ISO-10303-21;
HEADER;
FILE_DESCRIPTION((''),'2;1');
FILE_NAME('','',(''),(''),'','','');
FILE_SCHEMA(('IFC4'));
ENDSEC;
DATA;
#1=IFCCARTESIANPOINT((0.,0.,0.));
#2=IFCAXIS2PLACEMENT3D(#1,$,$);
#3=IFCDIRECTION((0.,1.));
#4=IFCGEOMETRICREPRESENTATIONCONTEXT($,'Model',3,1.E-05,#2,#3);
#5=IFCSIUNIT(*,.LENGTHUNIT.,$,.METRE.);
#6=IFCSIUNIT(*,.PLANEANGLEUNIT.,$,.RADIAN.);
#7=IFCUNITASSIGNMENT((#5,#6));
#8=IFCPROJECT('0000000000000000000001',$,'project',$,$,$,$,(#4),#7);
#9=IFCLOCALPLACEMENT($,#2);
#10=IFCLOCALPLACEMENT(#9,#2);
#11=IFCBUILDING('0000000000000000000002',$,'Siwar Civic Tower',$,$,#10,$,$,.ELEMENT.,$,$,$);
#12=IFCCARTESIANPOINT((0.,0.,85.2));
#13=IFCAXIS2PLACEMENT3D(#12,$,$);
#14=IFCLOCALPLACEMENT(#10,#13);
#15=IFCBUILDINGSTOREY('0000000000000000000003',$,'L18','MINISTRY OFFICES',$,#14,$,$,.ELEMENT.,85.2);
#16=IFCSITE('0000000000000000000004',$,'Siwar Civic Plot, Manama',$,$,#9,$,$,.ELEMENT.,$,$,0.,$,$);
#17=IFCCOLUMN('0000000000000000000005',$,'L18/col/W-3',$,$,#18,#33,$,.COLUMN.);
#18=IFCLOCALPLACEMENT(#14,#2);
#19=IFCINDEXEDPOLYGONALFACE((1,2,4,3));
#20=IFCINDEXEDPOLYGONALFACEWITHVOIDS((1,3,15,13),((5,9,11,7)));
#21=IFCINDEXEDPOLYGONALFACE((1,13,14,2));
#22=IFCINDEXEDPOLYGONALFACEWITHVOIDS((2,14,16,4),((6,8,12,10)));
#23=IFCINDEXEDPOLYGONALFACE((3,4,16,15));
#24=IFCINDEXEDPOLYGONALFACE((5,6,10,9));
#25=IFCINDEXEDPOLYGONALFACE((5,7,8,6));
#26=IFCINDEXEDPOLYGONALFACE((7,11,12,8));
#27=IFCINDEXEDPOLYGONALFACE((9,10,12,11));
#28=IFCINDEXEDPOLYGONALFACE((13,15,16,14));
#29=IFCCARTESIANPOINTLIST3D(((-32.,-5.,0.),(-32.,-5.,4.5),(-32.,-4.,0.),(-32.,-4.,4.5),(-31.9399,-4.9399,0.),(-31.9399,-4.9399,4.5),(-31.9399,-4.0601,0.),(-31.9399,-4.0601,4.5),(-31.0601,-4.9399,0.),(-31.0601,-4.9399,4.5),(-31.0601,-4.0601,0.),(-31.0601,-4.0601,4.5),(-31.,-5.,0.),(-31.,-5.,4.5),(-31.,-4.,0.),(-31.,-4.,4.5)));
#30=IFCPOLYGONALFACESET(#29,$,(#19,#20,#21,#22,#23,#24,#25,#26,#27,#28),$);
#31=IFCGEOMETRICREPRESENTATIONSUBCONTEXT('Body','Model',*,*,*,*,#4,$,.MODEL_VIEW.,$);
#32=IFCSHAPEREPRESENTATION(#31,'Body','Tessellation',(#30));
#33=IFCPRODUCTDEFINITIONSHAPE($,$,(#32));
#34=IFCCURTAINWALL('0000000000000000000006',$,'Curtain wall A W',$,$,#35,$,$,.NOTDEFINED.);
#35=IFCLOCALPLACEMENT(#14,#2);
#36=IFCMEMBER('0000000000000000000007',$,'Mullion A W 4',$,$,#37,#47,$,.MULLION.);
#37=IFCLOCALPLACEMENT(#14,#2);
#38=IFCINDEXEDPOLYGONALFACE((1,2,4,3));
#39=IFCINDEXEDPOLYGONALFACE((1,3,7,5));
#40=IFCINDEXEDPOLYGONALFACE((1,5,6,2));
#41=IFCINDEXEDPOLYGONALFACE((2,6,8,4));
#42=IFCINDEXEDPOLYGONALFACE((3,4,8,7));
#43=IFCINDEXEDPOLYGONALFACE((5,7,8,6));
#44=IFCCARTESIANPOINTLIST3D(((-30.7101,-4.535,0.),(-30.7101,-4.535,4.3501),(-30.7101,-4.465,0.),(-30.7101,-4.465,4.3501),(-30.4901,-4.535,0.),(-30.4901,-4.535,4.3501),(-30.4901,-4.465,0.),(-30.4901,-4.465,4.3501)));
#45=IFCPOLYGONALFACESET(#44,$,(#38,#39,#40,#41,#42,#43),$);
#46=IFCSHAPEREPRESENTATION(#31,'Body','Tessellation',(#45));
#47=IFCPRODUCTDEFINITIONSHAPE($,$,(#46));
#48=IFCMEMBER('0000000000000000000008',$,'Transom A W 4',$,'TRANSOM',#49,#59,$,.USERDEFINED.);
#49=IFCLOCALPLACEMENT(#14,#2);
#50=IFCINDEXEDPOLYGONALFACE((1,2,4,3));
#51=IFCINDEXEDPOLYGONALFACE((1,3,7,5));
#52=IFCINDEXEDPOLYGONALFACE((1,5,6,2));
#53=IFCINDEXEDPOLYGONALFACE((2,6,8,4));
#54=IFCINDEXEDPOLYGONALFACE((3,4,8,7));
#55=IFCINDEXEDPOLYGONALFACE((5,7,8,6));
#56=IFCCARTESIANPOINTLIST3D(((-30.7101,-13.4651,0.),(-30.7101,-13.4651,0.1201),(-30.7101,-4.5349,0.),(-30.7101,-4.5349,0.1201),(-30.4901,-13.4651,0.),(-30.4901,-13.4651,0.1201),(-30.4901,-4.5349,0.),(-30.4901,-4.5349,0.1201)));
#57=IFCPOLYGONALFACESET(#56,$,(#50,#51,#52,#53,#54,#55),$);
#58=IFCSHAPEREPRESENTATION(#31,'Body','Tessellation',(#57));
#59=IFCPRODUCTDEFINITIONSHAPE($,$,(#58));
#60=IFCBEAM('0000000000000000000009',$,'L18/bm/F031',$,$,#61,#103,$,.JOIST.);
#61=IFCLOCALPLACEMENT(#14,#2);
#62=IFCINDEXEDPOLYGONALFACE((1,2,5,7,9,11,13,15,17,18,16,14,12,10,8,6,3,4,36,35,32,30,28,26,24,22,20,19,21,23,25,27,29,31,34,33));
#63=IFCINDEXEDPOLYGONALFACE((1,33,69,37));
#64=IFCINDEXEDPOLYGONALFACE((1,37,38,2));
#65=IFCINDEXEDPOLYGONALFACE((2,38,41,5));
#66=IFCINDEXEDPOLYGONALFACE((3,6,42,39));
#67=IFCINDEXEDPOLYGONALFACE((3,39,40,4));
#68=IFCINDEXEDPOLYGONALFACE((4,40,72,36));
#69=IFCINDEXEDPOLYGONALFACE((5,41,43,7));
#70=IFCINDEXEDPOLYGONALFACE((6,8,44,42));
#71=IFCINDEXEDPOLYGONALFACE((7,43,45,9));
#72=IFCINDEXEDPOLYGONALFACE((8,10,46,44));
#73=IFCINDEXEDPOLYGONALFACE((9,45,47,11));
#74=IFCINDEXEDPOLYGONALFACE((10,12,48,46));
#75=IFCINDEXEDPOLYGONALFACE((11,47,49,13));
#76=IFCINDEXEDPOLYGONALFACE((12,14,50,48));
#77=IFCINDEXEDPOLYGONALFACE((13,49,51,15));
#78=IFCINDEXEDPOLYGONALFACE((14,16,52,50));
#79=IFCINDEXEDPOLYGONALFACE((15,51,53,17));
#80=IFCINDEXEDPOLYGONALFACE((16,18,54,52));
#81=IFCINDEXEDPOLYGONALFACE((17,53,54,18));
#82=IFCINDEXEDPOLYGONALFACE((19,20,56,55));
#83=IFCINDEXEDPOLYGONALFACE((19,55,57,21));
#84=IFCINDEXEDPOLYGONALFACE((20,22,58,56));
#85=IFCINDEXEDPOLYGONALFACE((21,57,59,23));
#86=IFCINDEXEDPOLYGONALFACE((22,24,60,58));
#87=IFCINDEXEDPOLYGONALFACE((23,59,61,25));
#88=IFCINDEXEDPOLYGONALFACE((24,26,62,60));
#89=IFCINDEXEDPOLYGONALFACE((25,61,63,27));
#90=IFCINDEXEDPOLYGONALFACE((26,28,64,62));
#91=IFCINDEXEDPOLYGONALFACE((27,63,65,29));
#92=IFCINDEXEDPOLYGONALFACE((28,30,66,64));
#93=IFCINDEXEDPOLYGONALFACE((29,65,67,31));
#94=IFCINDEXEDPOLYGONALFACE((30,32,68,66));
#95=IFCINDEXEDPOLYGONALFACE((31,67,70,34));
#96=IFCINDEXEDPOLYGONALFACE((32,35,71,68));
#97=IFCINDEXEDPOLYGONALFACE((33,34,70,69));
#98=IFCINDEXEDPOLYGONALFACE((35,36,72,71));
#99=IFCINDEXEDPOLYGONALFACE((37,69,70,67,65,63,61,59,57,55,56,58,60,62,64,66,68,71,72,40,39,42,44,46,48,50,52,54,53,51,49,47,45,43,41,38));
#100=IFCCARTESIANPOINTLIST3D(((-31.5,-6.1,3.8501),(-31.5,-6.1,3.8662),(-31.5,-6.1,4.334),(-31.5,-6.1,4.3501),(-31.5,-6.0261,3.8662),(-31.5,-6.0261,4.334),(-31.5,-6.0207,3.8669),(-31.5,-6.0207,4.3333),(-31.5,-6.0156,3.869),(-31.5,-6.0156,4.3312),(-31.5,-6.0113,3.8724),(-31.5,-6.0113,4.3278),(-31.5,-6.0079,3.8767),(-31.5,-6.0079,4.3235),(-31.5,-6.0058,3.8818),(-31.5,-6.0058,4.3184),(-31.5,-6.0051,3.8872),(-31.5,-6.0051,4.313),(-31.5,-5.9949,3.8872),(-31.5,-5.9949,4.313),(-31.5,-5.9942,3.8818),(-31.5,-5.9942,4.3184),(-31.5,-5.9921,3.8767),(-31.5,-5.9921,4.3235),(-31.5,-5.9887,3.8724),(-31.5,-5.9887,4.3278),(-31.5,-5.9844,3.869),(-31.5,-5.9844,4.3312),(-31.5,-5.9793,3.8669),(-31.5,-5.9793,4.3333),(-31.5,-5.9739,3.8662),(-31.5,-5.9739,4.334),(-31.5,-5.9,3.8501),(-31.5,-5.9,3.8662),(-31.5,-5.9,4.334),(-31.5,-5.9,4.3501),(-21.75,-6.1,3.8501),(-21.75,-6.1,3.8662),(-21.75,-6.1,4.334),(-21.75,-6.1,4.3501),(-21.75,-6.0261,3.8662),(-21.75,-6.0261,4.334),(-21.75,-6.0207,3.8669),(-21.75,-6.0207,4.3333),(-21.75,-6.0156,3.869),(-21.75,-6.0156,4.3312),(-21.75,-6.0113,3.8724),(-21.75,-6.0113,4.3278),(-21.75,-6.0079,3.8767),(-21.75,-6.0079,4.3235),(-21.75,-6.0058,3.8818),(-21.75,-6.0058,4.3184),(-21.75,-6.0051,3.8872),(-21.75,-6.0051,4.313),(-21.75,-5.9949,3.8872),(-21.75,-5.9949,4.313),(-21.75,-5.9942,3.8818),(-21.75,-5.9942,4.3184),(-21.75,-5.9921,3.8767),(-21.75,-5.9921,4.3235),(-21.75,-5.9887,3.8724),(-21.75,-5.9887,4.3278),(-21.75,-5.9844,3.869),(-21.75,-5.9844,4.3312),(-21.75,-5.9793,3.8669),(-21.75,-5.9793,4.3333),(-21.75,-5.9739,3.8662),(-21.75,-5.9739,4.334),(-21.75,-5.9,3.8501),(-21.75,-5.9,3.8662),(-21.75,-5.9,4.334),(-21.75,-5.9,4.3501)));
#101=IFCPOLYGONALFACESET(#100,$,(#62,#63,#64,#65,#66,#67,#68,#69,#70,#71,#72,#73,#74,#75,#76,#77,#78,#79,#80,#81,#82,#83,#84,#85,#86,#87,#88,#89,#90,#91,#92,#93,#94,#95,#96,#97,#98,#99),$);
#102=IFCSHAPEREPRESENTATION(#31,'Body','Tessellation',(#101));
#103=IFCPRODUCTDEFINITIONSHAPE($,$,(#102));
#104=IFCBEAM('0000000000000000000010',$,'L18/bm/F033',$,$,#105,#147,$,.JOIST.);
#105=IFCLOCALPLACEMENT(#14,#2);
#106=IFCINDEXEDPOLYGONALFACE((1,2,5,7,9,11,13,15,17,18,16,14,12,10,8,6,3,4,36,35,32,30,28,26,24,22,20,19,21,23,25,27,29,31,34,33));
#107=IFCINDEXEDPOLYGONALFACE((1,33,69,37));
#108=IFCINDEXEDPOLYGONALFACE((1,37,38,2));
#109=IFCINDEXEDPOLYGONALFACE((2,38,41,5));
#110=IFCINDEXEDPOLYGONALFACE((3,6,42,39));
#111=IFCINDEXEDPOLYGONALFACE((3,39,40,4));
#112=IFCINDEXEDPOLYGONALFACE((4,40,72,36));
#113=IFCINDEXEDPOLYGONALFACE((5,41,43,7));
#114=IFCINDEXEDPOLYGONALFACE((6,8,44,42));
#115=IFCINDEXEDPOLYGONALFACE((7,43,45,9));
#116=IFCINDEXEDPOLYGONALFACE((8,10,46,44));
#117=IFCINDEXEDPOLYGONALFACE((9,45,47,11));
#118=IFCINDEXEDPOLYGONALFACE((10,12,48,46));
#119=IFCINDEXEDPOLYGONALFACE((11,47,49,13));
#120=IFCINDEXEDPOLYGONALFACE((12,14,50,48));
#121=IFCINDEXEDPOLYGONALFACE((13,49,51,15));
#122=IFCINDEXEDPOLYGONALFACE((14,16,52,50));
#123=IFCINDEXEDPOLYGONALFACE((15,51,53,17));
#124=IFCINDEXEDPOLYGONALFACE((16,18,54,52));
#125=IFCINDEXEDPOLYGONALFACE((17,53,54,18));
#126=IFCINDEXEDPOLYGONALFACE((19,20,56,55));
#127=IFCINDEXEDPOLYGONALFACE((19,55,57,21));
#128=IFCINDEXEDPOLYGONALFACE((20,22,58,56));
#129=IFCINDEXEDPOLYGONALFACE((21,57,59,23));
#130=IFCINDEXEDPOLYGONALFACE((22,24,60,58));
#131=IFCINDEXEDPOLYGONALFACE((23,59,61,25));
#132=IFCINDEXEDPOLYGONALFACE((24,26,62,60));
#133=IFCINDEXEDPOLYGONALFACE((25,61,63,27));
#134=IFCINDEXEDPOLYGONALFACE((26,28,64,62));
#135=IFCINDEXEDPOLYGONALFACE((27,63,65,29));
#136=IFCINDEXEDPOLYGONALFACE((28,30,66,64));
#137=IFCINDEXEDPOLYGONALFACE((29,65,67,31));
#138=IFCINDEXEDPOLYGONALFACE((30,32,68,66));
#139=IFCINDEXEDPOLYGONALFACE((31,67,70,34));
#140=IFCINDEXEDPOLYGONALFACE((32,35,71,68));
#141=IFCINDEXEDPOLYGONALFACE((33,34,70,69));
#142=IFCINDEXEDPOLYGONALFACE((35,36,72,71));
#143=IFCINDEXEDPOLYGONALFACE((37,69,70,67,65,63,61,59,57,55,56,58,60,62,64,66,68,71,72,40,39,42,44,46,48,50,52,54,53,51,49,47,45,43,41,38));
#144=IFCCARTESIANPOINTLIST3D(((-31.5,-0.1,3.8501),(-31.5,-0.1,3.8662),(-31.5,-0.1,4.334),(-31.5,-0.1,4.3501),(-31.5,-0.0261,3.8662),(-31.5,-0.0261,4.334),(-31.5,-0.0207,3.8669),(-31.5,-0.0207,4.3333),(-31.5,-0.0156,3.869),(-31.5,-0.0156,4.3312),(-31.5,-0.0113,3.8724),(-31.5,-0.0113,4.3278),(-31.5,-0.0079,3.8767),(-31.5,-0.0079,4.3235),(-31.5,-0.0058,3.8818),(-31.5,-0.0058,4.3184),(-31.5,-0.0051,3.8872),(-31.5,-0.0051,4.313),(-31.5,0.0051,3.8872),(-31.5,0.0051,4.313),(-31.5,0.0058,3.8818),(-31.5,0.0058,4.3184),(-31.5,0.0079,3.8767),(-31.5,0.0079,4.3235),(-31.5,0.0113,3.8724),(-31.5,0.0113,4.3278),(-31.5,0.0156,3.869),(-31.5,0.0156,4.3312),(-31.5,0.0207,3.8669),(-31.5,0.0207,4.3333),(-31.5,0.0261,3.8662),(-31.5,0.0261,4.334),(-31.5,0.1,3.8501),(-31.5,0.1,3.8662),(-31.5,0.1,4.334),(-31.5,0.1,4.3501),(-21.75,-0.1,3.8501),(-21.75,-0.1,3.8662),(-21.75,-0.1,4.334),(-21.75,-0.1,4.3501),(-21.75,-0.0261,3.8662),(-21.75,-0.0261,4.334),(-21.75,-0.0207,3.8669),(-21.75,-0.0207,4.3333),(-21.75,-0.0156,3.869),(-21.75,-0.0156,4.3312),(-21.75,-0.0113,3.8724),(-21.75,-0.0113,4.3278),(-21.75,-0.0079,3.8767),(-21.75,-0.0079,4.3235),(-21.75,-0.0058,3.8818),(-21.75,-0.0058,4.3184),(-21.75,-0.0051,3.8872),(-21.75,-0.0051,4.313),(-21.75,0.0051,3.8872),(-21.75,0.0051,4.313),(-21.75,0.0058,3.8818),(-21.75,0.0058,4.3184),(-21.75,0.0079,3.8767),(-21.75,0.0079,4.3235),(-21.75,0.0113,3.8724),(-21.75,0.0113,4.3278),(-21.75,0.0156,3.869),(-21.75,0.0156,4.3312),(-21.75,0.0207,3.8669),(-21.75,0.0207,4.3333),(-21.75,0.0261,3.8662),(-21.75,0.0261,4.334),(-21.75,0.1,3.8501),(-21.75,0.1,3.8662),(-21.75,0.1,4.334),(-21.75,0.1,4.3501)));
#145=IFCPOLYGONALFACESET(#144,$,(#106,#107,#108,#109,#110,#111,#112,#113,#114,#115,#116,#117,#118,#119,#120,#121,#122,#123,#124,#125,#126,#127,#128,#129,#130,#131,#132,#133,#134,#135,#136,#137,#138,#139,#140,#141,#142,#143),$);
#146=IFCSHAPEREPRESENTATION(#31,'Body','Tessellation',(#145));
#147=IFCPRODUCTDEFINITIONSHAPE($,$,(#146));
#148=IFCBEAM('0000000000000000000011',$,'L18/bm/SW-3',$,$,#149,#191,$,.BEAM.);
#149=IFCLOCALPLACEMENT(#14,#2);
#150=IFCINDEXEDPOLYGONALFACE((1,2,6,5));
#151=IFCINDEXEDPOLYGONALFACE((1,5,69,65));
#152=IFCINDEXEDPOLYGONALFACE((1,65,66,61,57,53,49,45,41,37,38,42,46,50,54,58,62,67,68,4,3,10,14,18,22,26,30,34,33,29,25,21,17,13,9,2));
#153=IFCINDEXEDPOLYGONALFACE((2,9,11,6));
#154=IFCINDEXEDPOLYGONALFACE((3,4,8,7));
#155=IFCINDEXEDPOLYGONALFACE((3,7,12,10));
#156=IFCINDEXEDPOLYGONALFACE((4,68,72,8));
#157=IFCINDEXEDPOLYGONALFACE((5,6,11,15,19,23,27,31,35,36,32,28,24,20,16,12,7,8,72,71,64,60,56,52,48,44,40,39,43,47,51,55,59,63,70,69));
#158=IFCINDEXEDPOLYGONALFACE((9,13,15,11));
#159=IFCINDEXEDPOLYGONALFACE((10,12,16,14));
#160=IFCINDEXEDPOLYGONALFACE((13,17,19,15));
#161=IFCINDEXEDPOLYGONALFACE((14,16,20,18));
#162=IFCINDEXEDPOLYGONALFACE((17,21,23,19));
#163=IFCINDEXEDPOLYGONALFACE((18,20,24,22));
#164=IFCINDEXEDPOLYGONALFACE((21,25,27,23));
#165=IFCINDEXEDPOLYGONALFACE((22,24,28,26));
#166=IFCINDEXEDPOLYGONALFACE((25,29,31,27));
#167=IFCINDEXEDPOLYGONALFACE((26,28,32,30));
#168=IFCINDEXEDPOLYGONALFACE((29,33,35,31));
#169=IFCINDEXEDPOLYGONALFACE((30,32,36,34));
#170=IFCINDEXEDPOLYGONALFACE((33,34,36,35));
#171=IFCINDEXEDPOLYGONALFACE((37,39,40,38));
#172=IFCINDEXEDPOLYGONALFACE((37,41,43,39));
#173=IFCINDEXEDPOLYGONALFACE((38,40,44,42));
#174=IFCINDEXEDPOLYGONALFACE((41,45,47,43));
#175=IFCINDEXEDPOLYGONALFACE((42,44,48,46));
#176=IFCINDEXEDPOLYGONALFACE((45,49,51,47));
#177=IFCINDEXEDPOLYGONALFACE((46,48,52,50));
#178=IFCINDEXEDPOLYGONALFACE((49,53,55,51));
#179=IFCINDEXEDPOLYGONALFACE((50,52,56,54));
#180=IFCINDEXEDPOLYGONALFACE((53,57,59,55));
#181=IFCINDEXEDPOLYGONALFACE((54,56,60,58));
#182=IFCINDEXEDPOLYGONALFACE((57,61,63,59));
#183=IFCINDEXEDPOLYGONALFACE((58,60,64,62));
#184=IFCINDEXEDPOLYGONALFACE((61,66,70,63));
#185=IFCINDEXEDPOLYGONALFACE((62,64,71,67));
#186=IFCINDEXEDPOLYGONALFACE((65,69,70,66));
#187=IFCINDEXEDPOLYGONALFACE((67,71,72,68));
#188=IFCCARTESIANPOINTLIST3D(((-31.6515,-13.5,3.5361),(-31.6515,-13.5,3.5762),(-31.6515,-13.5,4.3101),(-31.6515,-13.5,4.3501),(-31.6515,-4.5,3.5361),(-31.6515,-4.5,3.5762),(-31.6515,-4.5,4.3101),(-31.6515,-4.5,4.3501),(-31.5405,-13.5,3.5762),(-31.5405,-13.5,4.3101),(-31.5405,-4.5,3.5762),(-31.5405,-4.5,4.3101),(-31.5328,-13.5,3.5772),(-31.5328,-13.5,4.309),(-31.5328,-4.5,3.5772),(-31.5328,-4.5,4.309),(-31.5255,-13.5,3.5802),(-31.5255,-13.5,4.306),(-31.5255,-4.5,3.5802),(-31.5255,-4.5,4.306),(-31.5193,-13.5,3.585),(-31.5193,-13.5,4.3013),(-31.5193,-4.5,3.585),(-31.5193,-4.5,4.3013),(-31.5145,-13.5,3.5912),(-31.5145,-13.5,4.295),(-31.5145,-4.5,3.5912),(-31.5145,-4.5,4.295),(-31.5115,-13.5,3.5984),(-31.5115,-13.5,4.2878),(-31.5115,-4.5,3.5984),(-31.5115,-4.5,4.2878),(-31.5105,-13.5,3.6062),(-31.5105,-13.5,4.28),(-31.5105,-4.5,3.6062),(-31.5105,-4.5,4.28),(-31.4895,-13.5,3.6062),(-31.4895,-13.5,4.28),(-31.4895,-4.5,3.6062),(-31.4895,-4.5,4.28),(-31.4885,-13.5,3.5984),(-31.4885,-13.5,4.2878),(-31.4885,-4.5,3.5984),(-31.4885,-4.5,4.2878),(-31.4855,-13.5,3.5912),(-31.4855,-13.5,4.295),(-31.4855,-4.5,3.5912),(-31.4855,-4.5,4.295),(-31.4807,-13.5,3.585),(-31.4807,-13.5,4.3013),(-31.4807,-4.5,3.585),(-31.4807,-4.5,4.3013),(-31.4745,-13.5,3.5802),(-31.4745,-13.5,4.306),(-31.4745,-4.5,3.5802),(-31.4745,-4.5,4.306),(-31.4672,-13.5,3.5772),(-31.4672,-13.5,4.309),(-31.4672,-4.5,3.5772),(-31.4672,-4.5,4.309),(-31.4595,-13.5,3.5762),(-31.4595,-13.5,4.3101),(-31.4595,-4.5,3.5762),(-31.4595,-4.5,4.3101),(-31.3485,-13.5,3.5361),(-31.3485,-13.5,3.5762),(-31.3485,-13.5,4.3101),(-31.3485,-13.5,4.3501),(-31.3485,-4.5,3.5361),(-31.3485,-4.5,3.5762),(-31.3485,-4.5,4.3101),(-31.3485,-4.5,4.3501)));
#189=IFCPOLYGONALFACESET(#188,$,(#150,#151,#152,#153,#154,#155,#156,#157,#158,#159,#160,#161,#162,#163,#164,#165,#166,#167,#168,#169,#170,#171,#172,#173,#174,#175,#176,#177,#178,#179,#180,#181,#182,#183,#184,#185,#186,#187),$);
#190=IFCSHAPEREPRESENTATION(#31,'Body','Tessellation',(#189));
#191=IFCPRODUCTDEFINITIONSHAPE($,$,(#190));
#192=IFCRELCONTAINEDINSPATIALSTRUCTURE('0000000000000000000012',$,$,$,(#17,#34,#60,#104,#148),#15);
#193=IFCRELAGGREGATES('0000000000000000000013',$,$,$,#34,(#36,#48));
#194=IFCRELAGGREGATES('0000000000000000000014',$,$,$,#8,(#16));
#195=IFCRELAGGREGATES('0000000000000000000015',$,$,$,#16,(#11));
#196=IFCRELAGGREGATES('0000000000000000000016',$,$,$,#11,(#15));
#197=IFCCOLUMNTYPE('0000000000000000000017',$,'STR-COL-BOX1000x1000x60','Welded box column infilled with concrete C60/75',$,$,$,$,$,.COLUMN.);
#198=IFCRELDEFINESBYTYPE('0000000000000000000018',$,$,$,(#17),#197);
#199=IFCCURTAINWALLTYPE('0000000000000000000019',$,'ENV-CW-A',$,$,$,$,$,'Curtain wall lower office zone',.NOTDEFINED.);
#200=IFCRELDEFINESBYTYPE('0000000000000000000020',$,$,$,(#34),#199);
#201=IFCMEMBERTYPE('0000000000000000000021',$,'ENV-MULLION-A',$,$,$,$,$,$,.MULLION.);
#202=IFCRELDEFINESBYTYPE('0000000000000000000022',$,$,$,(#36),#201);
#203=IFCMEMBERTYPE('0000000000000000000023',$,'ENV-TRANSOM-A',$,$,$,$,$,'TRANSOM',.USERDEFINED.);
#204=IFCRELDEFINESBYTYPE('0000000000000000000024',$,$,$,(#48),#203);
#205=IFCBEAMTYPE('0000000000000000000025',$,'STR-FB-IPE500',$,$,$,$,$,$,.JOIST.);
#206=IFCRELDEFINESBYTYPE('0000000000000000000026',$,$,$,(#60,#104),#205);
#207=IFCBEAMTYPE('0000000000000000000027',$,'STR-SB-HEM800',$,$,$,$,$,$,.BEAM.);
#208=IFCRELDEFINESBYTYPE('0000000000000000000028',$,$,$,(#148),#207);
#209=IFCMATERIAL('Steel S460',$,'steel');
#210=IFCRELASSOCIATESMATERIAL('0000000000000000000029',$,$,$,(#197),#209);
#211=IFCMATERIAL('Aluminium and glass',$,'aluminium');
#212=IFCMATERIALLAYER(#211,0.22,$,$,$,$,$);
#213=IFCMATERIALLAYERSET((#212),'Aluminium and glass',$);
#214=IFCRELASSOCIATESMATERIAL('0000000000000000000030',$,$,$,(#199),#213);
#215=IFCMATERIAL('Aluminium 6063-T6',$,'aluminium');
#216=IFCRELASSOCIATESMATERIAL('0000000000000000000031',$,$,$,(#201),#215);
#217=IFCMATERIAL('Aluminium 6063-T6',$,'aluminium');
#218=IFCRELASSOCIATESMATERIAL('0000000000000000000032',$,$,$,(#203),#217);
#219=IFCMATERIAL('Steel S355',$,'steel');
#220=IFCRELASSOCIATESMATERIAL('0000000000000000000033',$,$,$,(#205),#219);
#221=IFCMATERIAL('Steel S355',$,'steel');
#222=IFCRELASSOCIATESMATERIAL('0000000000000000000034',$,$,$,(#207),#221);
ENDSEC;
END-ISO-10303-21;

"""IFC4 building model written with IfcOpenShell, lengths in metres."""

from ifc_helpers import new_model, si_unit, direction, frame, origin, origin_2d, place, context, subcontext, project, spatial, rectangle, hollow_rectangle, i_section, extrude, material, layer, layer_set, material_profile, profile_set, type_object, element, aggregate, save


model = new_model("IFC4")

# Units and contexts
model_context = context("Model", 3, precision=1e-05, world=origin(), true_north=direction((0.0, 1.0)))
body_context = subcontext(model_context, "Body", "Model", "MODEL_VIEW")
ifc_project = project(units=[si_unit("LENGTHUNIT", "METRE"), si_unit("PLANEANGLEUNIT", "RADIAN")], contexts=[model_context])

# Site, building, storey
site_placement = place(None, origin())
site = spatial("IfcSite", under=ifc_project, at=site_placement, Name="Siwar Civic Plot, Manama", CompositionType="ELEMENT", RefElevation=0.0)
building_placement = place(site_placement, origin())
building = spatial("IfcBuilding", under=site, at=building_placement, Name="Siwar Civic Tower", CompositionType="ELEMENT")
storey_placement = place(building_placement, frame((0.0, 0.0, 85.2)))
storey = spatial("IfcBuildingStorey", under=building, at=storey_placement, Name="L18", Description="MINISTRY OFFICES", CompositionType="ELEMENT", Elevation=85.2)

# Column
ifc_material_1 = material(Name="Steel S460", Category="steel")
ifc_material_profile_1 = material_profile(ifc_material_1, hollow_rectangle(XDim=1.0, YDim=1.0, WallThickness=0.0601, at=origin_2d()), Name="BOX1000x1000x60")
ifc_profile_set_1 = profile_set([ifc_material_profile_1], Name="Steel S460")
column_type = type_object("IfcColumnType", Name="STR-COL-BOX1000x1000x60", Description="Welded box column infilled with concrete C60/75", PredefinedType="COLUMN", material=ifc_profile_set_1)
column_placement = place(storey_placement, frame((-31.5, -4.5, 0.0), z_axis=(0.0, 0.0, 1.0), x_axis=(1.0, 0.0, 0.0)))
element("IfcColumn", 1, at=column_placement, inside=storey, type_object=column_type, Name="L18/col/W-3", PredefinedType="COLUMN", context=body_context, shape_type="SweptSolid", body=[
    extrude(hollow_rectangle(XDim=1.0, YDim=1.0, WallThickness=0.0601, at=origin_2d()), origin(), (0.0, 0.0, 1.0), 4.5),
])

# Curtain wall, members
ifc_material_2 = material(Name="Aluminium and glass", Category="aluminium")
ifc_layer_1 = layer(ifc_material_2, 0.22)
ifc_layer_set_1 = layer_set([ifc_layer_1], Name="Aluminium and glass")
curtain_wall_type = type_object("IfcCurtainWallType", Name="ENV-CW-A", ElementType="Curtain wall lower office zone", PredefinedType="NOTDEFINED", material=ifc_layer_set_1)
curtain_wall_placement = place(storey_placement, origin())
curtain_wall = element("IfcCurtainWall", 2, at=curtain_wall_placement, inside=storey, type_object=curtain_wall_type, Name="Curtain wall A W", PredefinedType="NOTDEFINED")
ifc_material_3 = material(Name="Aluminium 6063-T6", Category="aluminium")
ifc_material_profile_2 = material_profile(ifc_material_3, rectangle(XDim=0.22, YDim=0.0701, at=origin_2d()), Name="AL 220x70")
ifc_profile_set_2 = profile_set([ifc_material_profile_2], Name="Aluminium 6063-T6")
member_type_1 = type_object("IfcMemberType", Name="ENV-MULLION-A", PredefinedType="MULLION", material=ifc_profile_set_2)
member_1_placement = place(storey_placement, frame((-30.6001, -4.5, 0.0), z_axis=(0.0, 0.0, 1.0), x_axis=(1.0, 0.0, 0.0)))
member_1 = element("IfcMember", 3, at=member_1_placement, type_object=member_type_1, Name="Mullion A W 4", PredefinedType="MULLION", context=body_context, shape_type="SweptSolid", body=[
    extrude(rectangle(XDim=0.22, YDim=0.0701, at=origin_2d()), origin(), (0.0, 0.0, 1.0), 4.3501),
])
ifc_material_4 = material(Name="Aluminium 6063-T6", Category="aluminium")
ifc_material_profile_3 = material_profile(ifc_material_4, rectangle(XDim=0.22, YDim=0.1201, at=origin_2d()), Name="AL 220x120")
ifc_profile_set_3 = profile_set([ifc_material_profile_3], Name="Aluminium 6063-T6")
member_type_2 = type_object("IfcMemberType", Name="ENV-TRANSOM-A", ElementType="TRANSOM", PredefinedType="USERDEFINED", material=ifc_profile_set_3)
member_2_placement = place(storey_placement, frame((-30.6001, -4.5349, 0.0601), z_axis=(0.0, -1.0, 0.0), x_axis=(1.0, 0.0, 0.0)))
member_2 = element("IfcMember", 4, at=member_2_placement, type_object=member_type_2, Name="Transom A W 4", ObjectType="TRANSOM", PredefinedType="USERDEFINED", context=body_context, shape_type="SweptSolid", body=[
    extrude(rectangle(XDim=0.22, YDim=0.1201, at=origin_2d()), origin(), (0.0, 0.0, 1.0), 8.9302),
])

# Beams
ifc_material_5 = material(Name="Steel S355", Category="steel")
ifc_material_profile_4 = material_profile(ifc_material_5, i_section(OverallWidth=0.2, OverallDepth=0.5, WebThickness=0.0103, FlangeThickness=0.0161, FilletRadius=0.021, at=origin_2d()), Name="IPE500")
ifc_profile_set_4 = profile_set([ifc_material_profile_4], Name="Steel S355")
beam_type_1 = type_object("IfcBeamType", Name="STR-FB-IPE500", PredefinedType="JOIST", material=ifc_profile_set_4)
for number, where, z_axis, x_axis, name in (
    (5, (-31.5, -6.0, 4.1001), (1.0, 0.0, 0.0), (0.0, 1.0, 0.0), "L18/bm/F031"),
    (6, (-31.5, 0.0, 4.1001), (1.0, 0.0, 0.0), (0.0, 1.0, 0.0), "L18/bm/F033"),
):
    element("IfcBeam", number, at=place(storey_placement, frame(where, z_axis=z_axis, x_axis=x_axis)), inside=storey, type_object=beam_type_1, Name=name, PredefinedType="JOIST", context=body_context, shape_type="SweptSolid", body=[
        extrude(i_section(OverallWidth=0.2, OverallDepth=0.5, WebThickness=0.0103, FlangeThickness=0.0161, FilletRadius=0.021, at=origin_2d()), origin(), (0.0, 0.0, 1.0), 9.75),
    ])
ifc_material_6 = material(Name="Steel S355", Category="steel")
ifc_material_profile_5 = material_profile(ifc_material_6, i_section(OverallWidth=0.303, OverallDepth=0.814, WebThickness=0.021, FlangeThickness=0.04, FilletRadius=0.03, at=origin_2d()), Name="HEM800")
ifc_profile_set_5 = profile_set([ifc_material_profile_5], Name="Steel S355")
beam_type_2 = type_object("IfcBeamType", Name="STR-SB-HEM800", PredefinedType="BEAM", material=ifc_profile_set_5)
beam_placement = place(storey_placement, frame((-31.5, -4.5, 3.9431), z_axis=(0.0, -1.0, 0.0), x_axis=(1.0, 0.0, 0.0)))
element("IfcBeam", 7, at=beam_placement, inside=storey, type_object=beam_type_2, Name="L18/bm/SW-3", PredefinedType="BEAM", context=body_context, shape_type="SweptSolid", body=[
    extrude(i_section(OverallWidth=0.303, OverallDepth=0.814, WebThickness=0.021, FlangeThickness=0.04, FilletRadius=0.03, at=origin_2d()), origin(), (0.0, 0.0, 1.0), 9.0),
])

aggregate(curtain_wall, [member_1, member_2])

save(model, "model.ifc")
